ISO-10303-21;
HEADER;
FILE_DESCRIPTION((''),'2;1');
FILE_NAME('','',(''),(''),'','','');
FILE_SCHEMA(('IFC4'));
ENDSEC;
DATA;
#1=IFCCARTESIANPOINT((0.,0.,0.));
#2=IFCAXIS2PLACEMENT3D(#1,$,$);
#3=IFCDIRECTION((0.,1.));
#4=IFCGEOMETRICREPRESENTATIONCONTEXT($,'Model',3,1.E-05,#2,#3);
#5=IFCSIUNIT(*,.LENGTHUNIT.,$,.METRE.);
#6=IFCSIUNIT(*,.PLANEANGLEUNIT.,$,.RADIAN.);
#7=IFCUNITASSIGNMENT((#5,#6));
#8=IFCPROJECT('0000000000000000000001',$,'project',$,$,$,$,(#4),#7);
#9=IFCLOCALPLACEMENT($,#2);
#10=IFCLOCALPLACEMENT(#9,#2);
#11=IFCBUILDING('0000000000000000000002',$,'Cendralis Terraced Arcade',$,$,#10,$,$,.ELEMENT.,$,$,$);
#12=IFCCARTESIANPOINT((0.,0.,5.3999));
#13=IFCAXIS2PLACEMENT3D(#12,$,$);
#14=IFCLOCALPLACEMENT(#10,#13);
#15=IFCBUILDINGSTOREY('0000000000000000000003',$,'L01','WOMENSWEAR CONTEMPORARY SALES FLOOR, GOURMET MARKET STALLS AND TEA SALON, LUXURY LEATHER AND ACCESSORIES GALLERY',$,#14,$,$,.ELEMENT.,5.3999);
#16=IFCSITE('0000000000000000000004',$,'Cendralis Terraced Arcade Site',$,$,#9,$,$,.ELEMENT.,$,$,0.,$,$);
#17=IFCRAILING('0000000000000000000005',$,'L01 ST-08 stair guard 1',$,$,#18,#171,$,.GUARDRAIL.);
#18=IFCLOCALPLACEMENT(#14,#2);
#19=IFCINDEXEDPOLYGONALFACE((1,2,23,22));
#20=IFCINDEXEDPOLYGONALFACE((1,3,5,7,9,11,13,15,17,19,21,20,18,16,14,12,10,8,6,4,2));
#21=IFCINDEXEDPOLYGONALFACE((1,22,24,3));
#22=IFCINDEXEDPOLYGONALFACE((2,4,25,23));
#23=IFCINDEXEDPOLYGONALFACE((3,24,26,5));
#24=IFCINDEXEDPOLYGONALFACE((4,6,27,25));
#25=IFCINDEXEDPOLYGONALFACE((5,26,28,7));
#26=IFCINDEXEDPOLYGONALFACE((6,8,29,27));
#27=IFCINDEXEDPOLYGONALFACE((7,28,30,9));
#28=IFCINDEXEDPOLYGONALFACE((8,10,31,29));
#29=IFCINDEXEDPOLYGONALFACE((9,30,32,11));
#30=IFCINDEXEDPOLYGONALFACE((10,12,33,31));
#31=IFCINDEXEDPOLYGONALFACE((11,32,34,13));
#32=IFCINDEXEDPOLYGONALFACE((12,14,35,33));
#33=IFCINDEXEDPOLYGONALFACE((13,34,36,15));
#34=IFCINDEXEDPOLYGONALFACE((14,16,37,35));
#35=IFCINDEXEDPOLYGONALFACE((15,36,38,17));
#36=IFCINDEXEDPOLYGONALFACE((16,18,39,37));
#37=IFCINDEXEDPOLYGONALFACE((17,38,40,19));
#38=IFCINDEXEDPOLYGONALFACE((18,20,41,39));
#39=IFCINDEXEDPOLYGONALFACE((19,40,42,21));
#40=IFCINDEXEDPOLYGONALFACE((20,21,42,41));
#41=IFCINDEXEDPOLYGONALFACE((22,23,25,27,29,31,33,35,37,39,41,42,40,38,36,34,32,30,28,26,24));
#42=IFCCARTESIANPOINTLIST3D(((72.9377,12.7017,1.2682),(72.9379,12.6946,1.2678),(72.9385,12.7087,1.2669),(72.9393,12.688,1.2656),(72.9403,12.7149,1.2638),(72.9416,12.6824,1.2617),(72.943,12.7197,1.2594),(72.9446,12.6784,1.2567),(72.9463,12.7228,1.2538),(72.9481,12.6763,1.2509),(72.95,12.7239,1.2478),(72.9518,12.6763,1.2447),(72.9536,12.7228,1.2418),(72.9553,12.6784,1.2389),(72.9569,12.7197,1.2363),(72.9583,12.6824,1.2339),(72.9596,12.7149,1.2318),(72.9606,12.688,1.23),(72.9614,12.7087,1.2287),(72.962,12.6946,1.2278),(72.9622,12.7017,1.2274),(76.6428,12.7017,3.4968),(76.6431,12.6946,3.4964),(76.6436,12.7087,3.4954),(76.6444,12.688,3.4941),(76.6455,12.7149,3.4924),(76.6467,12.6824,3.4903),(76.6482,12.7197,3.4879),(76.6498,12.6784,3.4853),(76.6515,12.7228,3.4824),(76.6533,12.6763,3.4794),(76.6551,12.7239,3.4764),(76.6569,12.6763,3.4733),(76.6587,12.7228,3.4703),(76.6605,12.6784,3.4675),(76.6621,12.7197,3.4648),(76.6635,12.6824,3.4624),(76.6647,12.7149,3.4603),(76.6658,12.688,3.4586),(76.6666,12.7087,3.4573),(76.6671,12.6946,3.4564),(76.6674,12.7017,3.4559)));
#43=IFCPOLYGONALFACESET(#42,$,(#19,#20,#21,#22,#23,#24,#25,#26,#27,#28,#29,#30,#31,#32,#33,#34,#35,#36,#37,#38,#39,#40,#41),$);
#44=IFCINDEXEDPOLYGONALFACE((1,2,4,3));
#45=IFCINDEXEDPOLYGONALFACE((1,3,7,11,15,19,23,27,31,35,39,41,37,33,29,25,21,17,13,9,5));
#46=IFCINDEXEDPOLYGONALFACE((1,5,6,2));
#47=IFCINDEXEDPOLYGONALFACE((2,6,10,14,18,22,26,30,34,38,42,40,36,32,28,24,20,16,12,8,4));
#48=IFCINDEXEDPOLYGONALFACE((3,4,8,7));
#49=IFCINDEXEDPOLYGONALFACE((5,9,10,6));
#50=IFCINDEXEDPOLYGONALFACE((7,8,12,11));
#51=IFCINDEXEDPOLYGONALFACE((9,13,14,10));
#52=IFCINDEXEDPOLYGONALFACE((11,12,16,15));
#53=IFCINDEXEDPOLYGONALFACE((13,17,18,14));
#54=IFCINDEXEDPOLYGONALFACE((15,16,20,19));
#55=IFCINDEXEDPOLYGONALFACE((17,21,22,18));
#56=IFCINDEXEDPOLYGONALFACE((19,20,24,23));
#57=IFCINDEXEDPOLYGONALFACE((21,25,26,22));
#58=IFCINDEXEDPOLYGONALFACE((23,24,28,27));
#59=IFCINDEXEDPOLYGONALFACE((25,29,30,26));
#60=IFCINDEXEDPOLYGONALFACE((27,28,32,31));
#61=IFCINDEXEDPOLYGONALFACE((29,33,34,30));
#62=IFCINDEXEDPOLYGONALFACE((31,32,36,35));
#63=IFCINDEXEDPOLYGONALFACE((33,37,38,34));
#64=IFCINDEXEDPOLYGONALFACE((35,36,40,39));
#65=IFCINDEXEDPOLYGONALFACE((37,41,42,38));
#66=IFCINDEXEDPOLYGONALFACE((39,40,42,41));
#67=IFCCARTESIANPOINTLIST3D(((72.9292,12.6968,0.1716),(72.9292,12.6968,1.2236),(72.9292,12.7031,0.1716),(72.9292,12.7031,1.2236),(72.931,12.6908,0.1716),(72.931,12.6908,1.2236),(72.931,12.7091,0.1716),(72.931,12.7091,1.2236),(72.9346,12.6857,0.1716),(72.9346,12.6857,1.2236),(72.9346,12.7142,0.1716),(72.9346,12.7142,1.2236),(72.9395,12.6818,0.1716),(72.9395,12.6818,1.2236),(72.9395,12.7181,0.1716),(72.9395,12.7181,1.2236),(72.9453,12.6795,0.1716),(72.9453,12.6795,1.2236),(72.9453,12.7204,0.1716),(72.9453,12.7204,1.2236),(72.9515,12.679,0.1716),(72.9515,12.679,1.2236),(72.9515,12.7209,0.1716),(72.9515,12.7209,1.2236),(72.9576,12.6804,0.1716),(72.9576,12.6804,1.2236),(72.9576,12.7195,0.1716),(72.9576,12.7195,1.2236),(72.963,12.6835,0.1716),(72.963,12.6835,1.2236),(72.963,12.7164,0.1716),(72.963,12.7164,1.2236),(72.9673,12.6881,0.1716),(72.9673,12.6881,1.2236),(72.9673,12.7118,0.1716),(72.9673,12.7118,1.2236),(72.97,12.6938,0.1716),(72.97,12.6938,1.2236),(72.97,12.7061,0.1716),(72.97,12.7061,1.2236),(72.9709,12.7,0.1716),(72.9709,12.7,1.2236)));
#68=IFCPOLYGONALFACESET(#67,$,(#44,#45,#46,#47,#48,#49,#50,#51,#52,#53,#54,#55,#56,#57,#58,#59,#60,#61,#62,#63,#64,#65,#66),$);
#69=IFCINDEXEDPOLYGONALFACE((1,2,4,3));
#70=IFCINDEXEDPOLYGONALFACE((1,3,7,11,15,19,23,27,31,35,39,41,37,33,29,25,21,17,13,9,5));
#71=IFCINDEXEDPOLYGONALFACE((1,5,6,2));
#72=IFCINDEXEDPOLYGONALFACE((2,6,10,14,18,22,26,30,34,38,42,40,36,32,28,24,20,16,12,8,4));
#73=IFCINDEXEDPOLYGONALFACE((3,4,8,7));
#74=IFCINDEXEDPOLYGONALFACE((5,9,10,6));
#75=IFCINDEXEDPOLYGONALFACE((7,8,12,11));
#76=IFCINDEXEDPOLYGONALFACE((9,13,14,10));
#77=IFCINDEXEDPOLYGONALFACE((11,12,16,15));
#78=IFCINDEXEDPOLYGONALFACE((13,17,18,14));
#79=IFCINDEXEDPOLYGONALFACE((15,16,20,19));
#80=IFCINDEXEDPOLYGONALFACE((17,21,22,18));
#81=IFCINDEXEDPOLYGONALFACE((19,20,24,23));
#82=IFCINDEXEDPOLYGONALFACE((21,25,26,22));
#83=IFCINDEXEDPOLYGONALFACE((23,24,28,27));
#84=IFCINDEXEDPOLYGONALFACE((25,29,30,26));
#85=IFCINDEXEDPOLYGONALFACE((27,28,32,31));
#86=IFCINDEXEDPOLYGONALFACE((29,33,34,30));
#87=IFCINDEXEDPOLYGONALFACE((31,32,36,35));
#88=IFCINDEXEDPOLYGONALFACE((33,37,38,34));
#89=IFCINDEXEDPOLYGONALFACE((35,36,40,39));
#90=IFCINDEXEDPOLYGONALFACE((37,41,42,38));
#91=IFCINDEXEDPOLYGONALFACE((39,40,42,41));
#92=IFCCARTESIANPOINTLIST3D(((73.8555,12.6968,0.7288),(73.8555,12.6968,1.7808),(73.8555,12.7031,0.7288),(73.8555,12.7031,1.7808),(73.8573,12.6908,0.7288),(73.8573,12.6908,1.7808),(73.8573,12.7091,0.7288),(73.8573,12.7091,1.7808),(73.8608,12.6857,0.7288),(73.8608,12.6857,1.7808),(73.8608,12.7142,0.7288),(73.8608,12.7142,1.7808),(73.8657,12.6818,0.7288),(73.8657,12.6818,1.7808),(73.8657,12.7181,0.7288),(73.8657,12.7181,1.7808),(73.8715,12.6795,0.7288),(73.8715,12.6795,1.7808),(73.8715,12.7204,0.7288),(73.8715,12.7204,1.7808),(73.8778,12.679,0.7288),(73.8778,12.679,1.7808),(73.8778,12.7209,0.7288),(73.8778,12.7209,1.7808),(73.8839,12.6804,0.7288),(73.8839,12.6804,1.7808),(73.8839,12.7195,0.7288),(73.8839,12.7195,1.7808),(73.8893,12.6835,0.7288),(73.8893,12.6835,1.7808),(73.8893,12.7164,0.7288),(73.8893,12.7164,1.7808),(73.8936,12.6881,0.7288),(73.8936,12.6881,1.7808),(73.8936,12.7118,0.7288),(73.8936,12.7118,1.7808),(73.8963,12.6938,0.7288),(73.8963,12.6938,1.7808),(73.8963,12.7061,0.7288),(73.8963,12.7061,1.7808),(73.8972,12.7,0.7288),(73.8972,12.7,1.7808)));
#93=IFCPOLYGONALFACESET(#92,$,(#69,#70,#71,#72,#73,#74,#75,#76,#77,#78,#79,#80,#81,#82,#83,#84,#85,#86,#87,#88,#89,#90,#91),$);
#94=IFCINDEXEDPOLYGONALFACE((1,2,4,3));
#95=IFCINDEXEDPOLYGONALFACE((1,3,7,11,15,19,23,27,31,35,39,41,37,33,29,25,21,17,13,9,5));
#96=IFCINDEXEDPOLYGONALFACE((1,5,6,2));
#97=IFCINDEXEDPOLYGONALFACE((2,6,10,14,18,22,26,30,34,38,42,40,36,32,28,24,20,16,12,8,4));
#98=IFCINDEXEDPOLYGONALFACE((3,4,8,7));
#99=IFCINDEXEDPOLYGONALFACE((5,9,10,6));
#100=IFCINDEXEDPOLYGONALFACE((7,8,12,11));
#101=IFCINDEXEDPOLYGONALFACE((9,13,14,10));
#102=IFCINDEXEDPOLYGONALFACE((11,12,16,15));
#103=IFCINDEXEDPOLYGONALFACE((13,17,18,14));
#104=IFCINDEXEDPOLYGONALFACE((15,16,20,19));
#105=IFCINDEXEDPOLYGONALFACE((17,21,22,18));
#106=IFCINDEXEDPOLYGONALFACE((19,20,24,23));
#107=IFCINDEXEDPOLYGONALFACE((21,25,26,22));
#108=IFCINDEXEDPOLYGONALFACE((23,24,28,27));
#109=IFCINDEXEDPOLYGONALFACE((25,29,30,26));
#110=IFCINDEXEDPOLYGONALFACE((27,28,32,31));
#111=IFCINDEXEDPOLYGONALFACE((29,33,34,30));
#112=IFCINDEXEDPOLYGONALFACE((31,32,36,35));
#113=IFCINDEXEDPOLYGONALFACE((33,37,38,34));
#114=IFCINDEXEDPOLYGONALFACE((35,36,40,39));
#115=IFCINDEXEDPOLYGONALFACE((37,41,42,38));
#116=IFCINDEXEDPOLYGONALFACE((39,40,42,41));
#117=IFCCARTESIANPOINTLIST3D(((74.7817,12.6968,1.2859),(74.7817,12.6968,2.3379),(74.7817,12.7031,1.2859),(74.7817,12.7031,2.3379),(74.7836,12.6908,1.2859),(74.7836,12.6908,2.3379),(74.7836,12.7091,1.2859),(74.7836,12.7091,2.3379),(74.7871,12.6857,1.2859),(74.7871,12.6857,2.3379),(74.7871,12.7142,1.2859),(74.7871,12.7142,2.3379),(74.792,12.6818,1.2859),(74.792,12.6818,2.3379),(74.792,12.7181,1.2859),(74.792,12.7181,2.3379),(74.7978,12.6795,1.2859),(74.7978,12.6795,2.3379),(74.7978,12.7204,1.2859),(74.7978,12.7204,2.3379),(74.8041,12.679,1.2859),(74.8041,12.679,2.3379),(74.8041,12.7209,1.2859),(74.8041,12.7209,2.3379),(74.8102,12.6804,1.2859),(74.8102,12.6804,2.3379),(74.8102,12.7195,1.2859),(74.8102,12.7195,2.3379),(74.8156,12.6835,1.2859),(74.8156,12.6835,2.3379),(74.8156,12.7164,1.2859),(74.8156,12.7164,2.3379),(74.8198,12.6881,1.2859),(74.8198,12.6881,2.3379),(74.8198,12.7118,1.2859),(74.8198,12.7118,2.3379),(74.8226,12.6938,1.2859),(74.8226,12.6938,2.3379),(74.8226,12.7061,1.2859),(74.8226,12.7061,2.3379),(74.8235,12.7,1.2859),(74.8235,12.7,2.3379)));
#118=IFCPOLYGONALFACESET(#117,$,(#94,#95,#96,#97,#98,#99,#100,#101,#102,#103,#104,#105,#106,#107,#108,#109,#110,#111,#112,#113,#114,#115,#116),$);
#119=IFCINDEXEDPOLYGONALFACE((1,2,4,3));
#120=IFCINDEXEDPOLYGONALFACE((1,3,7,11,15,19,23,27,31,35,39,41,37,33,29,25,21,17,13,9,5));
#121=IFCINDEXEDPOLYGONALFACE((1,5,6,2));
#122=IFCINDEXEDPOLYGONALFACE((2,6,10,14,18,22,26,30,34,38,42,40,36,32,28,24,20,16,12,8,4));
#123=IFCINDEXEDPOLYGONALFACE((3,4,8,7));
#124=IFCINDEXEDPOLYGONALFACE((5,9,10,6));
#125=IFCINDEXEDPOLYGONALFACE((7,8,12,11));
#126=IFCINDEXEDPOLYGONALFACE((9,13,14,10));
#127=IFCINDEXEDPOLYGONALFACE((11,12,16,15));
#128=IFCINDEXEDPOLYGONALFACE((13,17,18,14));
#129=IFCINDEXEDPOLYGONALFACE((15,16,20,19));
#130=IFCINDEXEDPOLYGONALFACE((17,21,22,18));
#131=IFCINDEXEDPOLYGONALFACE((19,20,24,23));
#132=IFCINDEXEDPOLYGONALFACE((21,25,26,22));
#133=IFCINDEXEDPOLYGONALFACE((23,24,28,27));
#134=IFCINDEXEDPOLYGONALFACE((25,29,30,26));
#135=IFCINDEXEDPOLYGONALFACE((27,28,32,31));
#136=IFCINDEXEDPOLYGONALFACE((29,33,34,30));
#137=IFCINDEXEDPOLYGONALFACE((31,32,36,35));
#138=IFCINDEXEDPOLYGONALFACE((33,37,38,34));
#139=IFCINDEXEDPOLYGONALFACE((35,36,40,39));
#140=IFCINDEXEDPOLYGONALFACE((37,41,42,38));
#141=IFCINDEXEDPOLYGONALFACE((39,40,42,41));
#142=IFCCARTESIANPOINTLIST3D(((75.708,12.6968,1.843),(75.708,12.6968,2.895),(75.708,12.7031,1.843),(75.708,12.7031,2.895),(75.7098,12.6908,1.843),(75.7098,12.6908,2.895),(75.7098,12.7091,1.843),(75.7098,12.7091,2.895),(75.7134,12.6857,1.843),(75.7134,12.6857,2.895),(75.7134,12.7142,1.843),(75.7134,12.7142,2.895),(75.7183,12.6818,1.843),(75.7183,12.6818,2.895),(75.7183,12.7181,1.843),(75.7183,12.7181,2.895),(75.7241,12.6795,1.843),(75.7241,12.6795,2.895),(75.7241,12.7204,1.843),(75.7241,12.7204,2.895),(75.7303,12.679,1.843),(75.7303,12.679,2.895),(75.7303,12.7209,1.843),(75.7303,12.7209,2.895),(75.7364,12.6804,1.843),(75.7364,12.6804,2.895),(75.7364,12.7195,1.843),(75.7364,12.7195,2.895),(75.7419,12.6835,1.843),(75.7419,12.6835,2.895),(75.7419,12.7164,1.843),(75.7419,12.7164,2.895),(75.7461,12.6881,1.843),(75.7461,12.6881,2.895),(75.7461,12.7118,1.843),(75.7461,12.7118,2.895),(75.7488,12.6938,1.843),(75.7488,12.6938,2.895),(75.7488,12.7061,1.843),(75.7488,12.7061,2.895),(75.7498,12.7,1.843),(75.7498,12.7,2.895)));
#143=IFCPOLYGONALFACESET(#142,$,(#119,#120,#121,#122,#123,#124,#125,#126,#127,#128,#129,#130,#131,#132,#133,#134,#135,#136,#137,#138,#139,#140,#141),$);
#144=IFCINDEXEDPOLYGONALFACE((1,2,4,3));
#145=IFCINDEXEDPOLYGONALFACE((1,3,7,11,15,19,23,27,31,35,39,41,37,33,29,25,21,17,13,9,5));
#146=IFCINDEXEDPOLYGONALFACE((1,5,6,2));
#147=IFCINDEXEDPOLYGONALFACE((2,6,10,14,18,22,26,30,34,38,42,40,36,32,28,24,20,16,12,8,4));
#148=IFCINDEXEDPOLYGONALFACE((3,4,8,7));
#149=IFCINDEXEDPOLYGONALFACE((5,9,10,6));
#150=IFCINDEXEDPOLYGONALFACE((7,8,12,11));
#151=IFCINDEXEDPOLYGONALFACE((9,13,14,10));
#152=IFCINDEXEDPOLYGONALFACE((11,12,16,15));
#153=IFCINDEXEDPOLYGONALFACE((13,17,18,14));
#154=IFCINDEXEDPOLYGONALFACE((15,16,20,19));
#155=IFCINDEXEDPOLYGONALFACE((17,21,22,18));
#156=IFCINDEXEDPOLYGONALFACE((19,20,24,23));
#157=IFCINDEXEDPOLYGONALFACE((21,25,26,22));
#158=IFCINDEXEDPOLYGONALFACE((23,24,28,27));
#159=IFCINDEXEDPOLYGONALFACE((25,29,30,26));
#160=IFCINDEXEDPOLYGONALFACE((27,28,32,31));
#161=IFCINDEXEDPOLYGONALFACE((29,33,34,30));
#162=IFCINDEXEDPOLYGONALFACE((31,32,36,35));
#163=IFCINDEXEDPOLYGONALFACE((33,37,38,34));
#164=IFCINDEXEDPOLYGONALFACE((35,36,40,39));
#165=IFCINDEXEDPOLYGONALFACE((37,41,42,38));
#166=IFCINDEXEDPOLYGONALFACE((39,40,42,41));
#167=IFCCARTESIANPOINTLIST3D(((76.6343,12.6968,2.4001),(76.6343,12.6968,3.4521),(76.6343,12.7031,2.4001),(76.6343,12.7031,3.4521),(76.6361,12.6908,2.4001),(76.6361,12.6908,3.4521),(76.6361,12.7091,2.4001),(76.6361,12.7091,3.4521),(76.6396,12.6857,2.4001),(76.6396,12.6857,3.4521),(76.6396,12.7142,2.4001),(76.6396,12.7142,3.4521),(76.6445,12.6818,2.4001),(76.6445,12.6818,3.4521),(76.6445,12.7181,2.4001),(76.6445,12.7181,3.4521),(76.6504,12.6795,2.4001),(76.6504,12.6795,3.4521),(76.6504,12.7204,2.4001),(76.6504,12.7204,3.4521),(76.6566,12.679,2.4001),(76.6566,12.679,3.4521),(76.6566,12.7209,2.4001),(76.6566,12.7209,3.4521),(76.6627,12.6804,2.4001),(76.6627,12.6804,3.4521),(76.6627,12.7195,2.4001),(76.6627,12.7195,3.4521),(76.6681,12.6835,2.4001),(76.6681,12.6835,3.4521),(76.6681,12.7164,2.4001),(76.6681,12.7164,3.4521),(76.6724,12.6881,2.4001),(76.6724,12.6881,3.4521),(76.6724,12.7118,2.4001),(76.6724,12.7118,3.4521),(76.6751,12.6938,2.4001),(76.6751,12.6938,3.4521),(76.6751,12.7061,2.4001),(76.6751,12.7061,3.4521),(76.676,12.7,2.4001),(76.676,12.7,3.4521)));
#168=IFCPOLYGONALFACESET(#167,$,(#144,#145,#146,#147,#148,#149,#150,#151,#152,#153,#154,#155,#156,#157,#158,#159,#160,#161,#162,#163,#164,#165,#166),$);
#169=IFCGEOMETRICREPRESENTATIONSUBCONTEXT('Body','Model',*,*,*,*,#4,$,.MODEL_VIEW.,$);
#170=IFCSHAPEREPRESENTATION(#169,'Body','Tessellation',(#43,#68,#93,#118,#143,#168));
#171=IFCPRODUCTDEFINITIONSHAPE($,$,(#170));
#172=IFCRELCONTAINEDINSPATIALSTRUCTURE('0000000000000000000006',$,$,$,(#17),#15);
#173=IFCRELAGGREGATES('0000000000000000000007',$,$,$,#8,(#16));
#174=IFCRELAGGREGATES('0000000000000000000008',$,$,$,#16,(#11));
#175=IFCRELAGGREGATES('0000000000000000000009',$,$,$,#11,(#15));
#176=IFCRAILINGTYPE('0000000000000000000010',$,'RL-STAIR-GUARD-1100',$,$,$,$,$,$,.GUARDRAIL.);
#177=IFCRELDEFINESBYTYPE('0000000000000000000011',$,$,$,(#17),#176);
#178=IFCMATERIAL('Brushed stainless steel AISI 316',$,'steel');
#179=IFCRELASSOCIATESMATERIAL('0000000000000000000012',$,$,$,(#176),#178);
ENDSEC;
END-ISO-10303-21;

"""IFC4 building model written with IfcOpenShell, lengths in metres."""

from ifc_helpers import new_model, si_unit, direction, frame, origin, origin_2d, place, context, subcontext, project, spatial, circle, extrude, material, type_object, element, save


model = new_model("IFC4")

# Units and contexts
model_context = context("Model", 3, precision=1e-05, world=origin(), true_north=direction((0.0, 1.0)))
body_context = subcontext(model_context, "Body", "Model", "MODEL_VIEW")
ifc_project = project(units=[si_unit("LENGTHUNIT", "METRE"), si_unit("PLANEANGLEUNIT", "RADIAN")], contexts=[model_context])

# Site, building, storey
site_placement = place(None, origin())
site = spatial("IfcSite", under=ifc_project, at=site_placement, Name="Cendralis Terraced Arcade Site", CompositionType="ELEMENT", RefElevation=0.0)
building_placement = place(site_placement, origin())
building = spatial("IfcBuilding", under=site, at=building_placement, Name="Cendralis Terraced Arcade", CompositionType="ELEMENT")
storey_placement = place(building_placement, frame((0.0, 0.0, 5.3999)))
storey = spatial("IfcBuildingStorey", under=building, at=storey_placement, Name="L01", Description="WOMENSWEAR CONTEMPORARY SALES FLOOR, GOURMET MARKET STALLS AND TEA SALON, LUXURY LEATHER AND ACCESSORIES GALLERY", CompositionType="ELEMENT", Elevation=5.3999)

# Railing
ifc_material_1 = material(Name="Brushed stainless steel AISI 316", Category="steel")
railing_type_1 = type_object("IfcRailingType", Name="RL-STAIR-GUARD-1100", PredefinedType="GUARDRAIL", material=ifc_material_1)
railing_1_placement = place(storey_placement, frame((72.95, 12.7, 0.1716)))
element("IfcRailing", 1, at=railing_1_placement, inside=storey, type_object=railing_type_1, Name="L01 ST-08 stair guard 1", PredefinedType="GUARDRAIL", context=body_context, shape_type="SweptSolid", body=[
    extrude(circle(Radius=0.0239, at=origin_2d()), frame((0.0, 0.0, 1.0762), z_axis=(0.856934, 0.0, 0.515425), x_axis=(0.0, 1.0, 0.0)), (0.0, 0.0, 1.0), 4.3237),
    extrude(circle(Radius=0.021, at=origin_2d()), origin(), (0.0, 0.0, 1.0), 1.052),
    extrude(circle(Radius=0.021, at=origin_2d()), frame((0.9263, 0.0, 0.5571)), (0.0, 0.0, 1.0), 1.052),
    extrude(circle(Radius=0.021, at=origin_2d()), frame((1.8525, 0.0, 1.1143)), (0.0, 0.0, 1.0), 1.052),
    extrude(circle(Radius=0.021, at=origin_2d()), frame((2.7788, 0.0, 1.6714)), (0.0, 0.0, 1.0), 1.052),
    extrude(circle(Radius=0.021, at=origin_2d()), frame((3.7051, 0.0, 2.2285)), (0.0, 0.0, 1.0), 1.052),
])

save(model, "model.ifc")
